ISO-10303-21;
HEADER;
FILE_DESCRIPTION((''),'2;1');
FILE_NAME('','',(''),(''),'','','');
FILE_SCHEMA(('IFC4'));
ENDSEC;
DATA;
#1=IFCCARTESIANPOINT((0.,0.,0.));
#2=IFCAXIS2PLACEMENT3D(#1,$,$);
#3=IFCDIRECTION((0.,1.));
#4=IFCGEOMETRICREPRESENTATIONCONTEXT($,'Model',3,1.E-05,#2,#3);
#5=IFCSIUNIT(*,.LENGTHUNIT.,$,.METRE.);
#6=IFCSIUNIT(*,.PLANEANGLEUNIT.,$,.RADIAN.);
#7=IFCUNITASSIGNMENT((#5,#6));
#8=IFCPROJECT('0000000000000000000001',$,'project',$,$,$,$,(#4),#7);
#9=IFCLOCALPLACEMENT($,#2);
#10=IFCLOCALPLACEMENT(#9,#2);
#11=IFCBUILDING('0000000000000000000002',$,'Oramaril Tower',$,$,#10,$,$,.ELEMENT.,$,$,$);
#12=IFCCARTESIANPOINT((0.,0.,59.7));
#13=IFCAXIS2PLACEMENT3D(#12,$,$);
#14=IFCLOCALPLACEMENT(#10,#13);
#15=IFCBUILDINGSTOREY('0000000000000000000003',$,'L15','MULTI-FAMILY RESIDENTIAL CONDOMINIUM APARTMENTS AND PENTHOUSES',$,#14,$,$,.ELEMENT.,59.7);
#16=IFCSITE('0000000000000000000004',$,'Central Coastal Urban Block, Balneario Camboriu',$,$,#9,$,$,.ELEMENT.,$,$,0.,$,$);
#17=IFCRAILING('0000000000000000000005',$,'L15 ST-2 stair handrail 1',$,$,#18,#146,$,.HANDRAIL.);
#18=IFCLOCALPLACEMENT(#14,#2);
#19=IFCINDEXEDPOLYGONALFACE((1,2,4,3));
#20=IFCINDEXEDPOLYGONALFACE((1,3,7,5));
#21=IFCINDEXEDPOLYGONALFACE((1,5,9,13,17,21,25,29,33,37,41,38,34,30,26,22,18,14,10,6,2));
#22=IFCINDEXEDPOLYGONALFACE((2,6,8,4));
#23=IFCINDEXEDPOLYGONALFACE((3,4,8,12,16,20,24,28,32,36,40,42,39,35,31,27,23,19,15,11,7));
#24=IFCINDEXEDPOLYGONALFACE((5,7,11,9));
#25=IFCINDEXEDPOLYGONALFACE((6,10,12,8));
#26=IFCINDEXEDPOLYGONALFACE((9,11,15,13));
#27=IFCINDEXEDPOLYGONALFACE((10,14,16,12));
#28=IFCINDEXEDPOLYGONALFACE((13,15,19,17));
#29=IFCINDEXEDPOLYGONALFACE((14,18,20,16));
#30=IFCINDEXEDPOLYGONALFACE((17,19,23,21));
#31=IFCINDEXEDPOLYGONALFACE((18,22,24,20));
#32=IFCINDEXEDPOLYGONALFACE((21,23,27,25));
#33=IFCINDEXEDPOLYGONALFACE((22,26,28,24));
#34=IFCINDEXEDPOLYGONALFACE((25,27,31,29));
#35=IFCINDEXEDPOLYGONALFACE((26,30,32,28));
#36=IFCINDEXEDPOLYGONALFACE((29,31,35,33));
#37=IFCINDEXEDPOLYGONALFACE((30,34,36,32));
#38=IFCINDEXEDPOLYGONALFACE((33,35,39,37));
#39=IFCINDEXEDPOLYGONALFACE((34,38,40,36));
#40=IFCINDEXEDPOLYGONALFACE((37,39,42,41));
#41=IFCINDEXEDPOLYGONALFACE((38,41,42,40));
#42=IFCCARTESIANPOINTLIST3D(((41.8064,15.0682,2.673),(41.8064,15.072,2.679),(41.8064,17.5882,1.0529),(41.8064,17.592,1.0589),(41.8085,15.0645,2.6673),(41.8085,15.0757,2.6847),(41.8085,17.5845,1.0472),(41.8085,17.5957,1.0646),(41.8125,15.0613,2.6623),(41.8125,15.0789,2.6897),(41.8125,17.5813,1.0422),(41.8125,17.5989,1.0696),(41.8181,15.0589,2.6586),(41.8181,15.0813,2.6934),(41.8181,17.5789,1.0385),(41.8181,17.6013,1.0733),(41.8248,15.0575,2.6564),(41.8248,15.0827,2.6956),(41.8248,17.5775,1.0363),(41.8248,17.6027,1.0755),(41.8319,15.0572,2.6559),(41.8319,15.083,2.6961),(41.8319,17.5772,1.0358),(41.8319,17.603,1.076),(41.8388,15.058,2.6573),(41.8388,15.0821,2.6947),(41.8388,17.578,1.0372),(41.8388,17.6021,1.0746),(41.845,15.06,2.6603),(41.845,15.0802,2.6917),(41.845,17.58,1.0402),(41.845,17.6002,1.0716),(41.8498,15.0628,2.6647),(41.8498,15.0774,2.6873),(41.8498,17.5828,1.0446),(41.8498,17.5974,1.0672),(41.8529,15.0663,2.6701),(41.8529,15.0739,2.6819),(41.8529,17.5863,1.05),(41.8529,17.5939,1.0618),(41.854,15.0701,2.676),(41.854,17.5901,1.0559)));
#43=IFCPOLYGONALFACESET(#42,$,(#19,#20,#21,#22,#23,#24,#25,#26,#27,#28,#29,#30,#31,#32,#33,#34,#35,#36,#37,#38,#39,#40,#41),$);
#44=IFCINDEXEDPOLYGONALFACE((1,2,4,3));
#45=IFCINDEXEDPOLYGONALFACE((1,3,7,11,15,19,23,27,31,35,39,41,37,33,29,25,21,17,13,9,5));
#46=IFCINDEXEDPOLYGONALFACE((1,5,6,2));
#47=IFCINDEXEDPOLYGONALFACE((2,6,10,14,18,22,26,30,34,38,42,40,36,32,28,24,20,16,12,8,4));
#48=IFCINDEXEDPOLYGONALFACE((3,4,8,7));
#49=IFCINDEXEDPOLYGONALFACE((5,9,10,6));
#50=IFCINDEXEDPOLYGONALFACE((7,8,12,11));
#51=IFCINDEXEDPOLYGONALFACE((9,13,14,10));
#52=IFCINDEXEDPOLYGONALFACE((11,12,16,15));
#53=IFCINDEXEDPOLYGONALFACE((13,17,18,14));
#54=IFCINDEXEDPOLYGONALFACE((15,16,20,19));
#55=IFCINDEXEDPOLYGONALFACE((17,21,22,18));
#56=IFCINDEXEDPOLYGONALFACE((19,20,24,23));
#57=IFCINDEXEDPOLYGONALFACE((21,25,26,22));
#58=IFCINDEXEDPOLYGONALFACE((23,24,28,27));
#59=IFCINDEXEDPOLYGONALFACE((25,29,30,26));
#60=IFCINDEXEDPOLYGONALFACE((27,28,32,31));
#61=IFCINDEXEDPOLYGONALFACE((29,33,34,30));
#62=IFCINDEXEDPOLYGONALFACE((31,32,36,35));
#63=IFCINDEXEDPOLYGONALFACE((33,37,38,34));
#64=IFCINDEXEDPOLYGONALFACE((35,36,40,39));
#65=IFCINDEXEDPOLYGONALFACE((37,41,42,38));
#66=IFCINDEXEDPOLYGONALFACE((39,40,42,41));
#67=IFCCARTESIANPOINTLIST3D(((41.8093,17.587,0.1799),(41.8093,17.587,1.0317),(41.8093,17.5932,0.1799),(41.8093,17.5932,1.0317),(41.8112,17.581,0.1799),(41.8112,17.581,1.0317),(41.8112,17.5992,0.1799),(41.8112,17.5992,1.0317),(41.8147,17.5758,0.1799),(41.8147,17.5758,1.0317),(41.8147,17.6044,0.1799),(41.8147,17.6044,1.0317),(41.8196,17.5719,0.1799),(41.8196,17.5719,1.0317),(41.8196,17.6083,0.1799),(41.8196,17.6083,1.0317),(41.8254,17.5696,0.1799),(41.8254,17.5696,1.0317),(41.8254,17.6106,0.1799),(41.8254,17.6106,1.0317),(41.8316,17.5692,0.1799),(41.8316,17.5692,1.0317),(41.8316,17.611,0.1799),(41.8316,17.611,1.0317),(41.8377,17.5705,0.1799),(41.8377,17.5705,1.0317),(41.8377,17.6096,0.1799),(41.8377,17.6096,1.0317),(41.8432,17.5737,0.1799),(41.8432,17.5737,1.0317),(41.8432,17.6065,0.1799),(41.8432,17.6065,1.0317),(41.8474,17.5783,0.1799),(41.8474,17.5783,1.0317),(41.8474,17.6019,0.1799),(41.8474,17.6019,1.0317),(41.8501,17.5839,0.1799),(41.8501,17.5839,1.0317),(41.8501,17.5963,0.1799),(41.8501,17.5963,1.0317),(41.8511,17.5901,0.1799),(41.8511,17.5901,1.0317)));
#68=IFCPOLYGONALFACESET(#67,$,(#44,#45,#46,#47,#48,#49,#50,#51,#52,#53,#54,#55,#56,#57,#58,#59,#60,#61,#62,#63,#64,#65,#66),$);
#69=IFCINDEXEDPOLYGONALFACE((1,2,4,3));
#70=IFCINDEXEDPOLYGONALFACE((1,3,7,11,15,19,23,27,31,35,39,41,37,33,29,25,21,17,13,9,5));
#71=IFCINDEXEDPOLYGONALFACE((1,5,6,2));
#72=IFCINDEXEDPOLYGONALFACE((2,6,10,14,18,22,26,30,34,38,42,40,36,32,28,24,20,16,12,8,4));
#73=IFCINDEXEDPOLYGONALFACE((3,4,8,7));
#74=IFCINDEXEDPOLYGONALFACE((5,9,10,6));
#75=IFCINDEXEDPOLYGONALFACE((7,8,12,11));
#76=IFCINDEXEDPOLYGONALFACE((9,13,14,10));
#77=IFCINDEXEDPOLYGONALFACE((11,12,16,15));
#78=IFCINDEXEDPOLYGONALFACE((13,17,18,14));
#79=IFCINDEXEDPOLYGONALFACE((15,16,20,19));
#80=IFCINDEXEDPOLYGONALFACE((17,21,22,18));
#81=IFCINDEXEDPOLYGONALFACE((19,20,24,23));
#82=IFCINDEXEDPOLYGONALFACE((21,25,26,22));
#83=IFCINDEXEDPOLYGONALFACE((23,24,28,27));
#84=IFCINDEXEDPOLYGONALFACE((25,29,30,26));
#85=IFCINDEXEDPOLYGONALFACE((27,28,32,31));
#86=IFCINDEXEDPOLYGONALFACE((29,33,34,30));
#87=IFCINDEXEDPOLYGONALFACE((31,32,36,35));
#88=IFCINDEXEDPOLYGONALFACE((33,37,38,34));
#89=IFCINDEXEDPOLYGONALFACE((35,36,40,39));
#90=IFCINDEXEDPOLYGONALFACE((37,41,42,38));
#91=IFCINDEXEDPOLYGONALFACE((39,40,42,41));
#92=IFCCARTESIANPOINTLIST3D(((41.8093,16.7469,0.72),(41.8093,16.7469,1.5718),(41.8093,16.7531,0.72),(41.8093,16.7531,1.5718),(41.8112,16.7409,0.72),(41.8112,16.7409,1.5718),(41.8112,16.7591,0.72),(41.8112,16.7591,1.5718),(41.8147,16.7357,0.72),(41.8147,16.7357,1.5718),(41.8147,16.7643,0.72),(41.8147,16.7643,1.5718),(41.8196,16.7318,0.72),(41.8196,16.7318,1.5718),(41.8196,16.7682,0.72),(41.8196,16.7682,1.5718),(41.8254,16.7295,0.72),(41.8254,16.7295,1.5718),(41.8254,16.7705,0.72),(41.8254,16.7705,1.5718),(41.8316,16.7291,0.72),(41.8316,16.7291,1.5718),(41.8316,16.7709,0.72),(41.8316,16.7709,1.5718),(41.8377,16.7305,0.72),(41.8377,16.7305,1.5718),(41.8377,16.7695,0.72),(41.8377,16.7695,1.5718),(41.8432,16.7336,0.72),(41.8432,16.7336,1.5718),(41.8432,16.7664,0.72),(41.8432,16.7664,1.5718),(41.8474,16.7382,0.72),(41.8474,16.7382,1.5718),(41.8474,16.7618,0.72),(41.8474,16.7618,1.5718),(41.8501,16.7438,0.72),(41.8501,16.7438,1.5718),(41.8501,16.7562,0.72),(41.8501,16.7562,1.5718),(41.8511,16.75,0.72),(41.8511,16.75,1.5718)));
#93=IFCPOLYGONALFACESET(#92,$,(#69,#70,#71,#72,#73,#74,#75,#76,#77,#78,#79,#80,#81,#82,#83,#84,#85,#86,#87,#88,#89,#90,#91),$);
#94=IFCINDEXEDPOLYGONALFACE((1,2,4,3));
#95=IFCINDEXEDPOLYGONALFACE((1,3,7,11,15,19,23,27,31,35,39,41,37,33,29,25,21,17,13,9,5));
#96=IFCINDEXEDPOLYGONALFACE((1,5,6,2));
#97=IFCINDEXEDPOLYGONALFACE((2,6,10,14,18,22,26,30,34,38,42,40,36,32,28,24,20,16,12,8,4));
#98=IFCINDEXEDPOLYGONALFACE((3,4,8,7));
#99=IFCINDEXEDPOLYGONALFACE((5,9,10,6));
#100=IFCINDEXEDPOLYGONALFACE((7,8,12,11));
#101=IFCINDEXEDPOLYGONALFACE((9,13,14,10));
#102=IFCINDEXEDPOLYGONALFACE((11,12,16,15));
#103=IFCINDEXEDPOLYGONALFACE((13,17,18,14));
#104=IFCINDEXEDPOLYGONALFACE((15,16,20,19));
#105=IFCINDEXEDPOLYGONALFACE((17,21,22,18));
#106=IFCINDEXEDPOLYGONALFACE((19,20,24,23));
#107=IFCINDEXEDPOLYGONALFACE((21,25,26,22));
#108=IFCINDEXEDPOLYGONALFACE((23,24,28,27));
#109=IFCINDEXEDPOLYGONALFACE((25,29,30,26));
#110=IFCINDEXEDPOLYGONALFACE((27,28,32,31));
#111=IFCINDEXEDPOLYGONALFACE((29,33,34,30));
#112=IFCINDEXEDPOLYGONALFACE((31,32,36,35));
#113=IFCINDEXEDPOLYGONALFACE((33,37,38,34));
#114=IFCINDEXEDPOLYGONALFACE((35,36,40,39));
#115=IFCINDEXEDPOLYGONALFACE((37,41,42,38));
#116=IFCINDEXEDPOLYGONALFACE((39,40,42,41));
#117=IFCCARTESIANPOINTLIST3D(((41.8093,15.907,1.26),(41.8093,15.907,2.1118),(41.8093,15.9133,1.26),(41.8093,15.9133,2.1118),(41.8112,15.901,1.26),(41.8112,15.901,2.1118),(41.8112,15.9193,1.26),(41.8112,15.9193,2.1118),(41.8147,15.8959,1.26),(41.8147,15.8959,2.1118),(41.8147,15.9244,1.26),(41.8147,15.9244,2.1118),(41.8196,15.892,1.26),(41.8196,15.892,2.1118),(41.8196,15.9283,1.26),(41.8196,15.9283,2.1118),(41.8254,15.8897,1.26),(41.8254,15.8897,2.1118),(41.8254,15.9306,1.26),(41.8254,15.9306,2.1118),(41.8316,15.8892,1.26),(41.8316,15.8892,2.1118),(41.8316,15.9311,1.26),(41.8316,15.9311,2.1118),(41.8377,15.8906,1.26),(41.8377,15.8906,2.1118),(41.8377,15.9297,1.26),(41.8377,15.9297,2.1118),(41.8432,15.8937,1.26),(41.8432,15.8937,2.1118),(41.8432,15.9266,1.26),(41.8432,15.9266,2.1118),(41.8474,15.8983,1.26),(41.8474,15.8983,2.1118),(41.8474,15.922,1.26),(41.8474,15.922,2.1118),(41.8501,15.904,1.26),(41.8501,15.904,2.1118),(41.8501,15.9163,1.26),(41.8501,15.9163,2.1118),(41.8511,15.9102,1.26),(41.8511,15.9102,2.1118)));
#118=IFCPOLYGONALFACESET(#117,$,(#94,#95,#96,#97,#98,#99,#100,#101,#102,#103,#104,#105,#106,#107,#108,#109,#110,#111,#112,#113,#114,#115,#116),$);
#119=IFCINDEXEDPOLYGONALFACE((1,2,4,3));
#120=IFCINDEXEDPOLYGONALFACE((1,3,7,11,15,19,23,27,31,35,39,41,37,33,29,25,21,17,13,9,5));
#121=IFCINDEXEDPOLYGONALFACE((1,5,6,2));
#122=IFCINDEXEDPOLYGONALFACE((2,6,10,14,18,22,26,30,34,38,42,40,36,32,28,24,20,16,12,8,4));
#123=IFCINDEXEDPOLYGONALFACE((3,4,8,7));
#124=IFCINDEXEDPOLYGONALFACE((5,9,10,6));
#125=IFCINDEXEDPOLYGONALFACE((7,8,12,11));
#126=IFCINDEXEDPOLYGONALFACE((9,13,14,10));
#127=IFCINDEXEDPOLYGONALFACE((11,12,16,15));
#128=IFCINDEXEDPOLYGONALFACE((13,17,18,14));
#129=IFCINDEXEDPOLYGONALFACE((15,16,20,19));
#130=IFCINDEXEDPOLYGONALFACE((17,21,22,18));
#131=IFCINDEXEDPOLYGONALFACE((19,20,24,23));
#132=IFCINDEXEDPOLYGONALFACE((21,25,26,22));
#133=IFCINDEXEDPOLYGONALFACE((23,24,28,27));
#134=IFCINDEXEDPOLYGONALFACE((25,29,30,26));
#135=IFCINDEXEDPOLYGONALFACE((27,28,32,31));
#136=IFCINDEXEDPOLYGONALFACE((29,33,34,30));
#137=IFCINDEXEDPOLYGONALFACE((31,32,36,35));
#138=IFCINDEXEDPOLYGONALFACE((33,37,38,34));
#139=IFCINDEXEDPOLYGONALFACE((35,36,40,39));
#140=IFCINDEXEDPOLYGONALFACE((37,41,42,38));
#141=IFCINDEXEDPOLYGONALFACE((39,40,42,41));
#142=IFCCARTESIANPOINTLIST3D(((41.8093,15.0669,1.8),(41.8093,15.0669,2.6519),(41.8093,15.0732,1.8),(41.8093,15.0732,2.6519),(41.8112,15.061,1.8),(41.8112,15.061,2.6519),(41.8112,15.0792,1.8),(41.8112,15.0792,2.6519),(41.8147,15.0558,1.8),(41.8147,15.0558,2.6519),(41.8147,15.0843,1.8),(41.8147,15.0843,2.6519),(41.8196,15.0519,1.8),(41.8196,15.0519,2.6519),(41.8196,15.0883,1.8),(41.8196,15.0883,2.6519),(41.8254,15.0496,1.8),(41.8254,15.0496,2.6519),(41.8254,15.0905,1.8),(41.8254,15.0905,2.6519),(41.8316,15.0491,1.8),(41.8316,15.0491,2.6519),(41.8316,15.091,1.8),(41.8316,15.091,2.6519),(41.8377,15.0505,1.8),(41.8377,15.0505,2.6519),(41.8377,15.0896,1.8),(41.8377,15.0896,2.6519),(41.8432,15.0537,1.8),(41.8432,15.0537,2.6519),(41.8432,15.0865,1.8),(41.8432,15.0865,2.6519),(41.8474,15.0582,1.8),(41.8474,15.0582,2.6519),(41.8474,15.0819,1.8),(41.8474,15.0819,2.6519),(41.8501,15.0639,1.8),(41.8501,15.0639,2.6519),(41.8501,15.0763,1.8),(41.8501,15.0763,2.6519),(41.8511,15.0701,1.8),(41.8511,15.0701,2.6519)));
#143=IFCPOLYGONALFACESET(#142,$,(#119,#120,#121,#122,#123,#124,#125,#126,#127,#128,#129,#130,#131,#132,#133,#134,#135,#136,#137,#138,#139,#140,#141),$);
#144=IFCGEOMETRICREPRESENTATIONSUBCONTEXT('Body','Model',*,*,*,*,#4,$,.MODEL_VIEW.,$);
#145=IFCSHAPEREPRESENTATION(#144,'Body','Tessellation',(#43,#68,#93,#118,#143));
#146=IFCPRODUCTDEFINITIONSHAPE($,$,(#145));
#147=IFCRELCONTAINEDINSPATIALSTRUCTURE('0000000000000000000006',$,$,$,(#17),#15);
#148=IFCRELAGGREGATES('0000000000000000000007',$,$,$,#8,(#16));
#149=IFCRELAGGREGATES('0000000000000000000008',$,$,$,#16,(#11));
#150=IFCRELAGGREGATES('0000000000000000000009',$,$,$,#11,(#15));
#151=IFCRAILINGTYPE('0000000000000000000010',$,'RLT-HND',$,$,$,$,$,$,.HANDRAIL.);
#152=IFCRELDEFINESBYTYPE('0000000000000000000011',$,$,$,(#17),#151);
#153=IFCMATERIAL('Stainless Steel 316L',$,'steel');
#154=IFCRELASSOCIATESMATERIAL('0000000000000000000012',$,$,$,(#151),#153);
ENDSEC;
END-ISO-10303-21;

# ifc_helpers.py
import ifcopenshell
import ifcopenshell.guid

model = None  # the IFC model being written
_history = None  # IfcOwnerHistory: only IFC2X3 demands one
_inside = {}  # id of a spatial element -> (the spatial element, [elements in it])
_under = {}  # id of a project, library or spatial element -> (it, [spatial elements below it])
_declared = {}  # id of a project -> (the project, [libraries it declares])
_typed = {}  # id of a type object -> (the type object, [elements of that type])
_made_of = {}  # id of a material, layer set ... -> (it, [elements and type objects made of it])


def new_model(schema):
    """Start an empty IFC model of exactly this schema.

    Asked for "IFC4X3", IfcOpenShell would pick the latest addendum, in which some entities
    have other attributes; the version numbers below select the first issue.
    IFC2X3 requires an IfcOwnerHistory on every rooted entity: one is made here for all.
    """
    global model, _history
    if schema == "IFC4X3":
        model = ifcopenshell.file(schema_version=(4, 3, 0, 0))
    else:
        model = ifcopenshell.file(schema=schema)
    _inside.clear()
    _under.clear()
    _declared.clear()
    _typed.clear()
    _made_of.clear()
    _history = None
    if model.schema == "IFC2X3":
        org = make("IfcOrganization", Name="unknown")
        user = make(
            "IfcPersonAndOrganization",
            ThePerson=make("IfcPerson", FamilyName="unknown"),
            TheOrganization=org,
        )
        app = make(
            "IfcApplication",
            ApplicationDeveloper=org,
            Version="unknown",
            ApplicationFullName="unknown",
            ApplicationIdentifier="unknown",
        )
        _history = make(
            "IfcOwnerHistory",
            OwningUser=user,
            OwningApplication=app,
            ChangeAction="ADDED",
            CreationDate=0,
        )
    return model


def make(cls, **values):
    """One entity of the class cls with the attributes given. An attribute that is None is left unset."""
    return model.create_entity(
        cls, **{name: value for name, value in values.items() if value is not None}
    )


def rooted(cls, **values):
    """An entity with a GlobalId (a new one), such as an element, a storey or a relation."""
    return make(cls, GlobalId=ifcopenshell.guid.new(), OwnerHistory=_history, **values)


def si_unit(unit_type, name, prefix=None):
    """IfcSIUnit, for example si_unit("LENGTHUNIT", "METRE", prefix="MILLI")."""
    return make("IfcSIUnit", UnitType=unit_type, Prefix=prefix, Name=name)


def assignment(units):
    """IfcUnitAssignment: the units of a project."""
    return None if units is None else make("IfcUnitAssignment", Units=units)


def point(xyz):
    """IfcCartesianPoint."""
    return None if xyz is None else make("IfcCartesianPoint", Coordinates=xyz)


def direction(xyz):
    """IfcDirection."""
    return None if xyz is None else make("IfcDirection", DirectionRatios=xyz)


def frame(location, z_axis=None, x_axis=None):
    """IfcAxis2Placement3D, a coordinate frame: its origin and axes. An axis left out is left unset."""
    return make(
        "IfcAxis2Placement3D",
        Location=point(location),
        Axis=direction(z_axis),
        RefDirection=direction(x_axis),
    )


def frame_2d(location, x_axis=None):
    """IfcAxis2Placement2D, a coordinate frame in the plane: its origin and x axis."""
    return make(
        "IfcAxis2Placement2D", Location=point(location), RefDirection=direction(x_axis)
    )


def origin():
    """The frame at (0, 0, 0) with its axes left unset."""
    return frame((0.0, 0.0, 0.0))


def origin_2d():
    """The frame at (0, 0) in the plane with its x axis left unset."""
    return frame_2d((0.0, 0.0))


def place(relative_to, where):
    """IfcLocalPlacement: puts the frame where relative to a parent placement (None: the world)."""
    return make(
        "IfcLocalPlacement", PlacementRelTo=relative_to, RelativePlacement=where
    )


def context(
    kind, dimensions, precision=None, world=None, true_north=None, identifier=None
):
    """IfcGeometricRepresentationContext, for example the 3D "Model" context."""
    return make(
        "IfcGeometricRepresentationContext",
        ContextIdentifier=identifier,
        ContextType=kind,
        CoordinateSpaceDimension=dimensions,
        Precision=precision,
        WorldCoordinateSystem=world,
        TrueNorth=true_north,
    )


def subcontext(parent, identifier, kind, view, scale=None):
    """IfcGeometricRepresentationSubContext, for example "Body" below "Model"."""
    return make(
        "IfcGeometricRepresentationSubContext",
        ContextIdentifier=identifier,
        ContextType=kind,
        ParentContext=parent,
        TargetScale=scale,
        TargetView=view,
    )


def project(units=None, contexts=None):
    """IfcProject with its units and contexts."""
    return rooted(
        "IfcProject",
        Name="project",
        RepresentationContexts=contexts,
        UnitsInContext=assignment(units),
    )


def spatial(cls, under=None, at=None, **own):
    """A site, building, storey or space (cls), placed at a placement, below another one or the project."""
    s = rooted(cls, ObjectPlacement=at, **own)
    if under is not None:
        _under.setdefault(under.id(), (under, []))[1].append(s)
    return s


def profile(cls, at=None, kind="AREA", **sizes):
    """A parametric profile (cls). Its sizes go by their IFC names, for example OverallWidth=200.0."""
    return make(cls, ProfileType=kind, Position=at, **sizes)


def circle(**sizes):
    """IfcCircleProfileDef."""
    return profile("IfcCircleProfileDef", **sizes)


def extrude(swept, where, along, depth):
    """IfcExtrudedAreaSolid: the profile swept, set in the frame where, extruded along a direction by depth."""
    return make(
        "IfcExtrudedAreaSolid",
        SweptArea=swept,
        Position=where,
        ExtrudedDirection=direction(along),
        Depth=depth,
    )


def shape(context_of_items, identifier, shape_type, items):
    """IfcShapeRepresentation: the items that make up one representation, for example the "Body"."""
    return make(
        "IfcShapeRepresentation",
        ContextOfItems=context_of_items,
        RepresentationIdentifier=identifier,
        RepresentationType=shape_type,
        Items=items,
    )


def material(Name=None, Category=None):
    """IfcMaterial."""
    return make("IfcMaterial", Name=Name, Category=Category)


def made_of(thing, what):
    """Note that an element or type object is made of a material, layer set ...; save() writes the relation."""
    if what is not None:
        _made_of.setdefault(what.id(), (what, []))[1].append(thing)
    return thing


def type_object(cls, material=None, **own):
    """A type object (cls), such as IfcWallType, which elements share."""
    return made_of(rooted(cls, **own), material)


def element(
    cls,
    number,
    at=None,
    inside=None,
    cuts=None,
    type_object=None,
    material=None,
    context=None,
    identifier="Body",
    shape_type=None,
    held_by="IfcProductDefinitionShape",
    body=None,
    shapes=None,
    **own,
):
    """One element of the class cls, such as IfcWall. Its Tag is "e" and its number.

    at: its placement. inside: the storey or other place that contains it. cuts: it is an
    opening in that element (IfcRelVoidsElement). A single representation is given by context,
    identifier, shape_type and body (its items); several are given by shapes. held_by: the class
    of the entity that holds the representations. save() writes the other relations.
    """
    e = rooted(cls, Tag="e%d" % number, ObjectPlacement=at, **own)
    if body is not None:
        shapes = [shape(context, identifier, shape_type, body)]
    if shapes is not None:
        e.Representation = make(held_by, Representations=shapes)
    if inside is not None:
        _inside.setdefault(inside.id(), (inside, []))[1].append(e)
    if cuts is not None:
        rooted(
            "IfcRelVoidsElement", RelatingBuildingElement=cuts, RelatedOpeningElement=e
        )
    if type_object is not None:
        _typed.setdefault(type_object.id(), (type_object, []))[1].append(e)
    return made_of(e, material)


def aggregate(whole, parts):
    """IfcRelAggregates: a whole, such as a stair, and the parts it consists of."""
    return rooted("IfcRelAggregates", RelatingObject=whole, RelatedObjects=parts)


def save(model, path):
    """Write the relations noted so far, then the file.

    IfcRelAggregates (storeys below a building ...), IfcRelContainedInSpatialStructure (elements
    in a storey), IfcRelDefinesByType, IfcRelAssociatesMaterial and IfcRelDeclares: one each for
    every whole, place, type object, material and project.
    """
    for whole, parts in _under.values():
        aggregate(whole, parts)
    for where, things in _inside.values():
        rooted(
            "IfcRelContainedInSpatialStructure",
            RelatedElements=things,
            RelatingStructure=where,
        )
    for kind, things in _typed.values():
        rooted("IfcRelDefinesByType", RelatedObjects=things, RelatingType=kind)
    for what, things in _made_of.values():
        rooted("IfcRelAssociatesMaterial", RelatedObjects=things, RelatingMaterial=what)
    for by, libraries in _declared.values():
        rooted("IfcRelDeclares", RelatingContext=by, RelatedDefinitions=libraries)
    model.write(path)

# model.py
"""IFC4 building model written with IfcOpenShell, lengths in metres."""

from ifc_helpers import new_model, si_unit, direction, frame, origin, origin_2d, place, context, subcontext, project, spatial, circle, extrude, material, type_object, element, save


model = new_model("IFC4")

# Units and contexts
model_context = context("Model", 3, precision=1e-05, world=origin(), true_north=direction((0.0, 1.0)))
body_context = subcontext(model_context, "Body", "Model", "MODEL_VIEW")
ifc_project = project(units=[si_unit("LENGTHUNIT", "METRE"), si_unit("PLANEANGLEUNIT", "RADIAN")], contexts=[model_context])

# Site, building, storey
site_placement = place(None, origin())
site = spatial("IfcSite", under=ifc_project, at=site_placement, Name="Central Coastal Urban Block, Balneario Camboriu", CompositionType="ELEMENT", RefElevation=0.0)
building_placement = place(site_placement, origin())
building = spatial("IfcBuilding", under=site, at=building_placement, Name="Oramaril Tower", CompositionType="ELEMENT")
storey_placement = place(building_placement, frame((0.0, 0.0, 59.7)))
storey = spatial("IfcBuildingStorey", under=building, at=storey_placement, Name="L15", Description="MULTI-FAMILY RESIDENTIAL CONDOMINIUM APARTMENTS AND PENTHOUSES", CompositionType="ELEMENT", Elevation=59.7)

# Railing
ifc_material_1 = material(Name="Stainless Steel 316L", Category="steel")
railing_type_1 = type_object("IfcRailingType", Name="RLT-HND", PredefinedType="HANDRAIL", material=ifc_material_1)
railing_1_placement = place(storey_placement, frame((41.8301, 17.5901, 0.1799)))
element("IfcRailing", 1, at=railing_1_placement, inside=storey, type_object=railing_type_1, Name="L15 ST-2 stair handrail 1", PredefinedType="HANDRAIL", context=body_context, shape_type="SweptSolid", body=[
    extrude(circle(Radius=0.0239, at=origin_2d()), frame((0.0, 0.0, 0.876), z_axis=(0.0, -0.841163, 0.540782), x_axis=(1.0, 0.0, 0.0)), (0.0, 0.0, 1.0), 2.9958),
    extrude(circle(Radius=0.021, at=origin_2d()), origin(), (0.0, 0.0, 1.0), 0.8518),
    extrude(circle(Radius=0.021, at=origin_2d()), frame((0.0, -0.8401, 0.54)), (0.0, 0.0, 1.0), 0.8518),
    extrude(circle(Radius=0.021, at=origin_2d()), frame((0.0, -1.6799, 1.0801)), (0.0, 0.0, 1.0), 0.8518),
    extrude(circle(Radius=0.021, at=origin_2d()), frame((0.0, -2.52, 1.6201)), (0.0, 0.0, 1.0), 0.8518),
])

save(model, "model.ifc")
